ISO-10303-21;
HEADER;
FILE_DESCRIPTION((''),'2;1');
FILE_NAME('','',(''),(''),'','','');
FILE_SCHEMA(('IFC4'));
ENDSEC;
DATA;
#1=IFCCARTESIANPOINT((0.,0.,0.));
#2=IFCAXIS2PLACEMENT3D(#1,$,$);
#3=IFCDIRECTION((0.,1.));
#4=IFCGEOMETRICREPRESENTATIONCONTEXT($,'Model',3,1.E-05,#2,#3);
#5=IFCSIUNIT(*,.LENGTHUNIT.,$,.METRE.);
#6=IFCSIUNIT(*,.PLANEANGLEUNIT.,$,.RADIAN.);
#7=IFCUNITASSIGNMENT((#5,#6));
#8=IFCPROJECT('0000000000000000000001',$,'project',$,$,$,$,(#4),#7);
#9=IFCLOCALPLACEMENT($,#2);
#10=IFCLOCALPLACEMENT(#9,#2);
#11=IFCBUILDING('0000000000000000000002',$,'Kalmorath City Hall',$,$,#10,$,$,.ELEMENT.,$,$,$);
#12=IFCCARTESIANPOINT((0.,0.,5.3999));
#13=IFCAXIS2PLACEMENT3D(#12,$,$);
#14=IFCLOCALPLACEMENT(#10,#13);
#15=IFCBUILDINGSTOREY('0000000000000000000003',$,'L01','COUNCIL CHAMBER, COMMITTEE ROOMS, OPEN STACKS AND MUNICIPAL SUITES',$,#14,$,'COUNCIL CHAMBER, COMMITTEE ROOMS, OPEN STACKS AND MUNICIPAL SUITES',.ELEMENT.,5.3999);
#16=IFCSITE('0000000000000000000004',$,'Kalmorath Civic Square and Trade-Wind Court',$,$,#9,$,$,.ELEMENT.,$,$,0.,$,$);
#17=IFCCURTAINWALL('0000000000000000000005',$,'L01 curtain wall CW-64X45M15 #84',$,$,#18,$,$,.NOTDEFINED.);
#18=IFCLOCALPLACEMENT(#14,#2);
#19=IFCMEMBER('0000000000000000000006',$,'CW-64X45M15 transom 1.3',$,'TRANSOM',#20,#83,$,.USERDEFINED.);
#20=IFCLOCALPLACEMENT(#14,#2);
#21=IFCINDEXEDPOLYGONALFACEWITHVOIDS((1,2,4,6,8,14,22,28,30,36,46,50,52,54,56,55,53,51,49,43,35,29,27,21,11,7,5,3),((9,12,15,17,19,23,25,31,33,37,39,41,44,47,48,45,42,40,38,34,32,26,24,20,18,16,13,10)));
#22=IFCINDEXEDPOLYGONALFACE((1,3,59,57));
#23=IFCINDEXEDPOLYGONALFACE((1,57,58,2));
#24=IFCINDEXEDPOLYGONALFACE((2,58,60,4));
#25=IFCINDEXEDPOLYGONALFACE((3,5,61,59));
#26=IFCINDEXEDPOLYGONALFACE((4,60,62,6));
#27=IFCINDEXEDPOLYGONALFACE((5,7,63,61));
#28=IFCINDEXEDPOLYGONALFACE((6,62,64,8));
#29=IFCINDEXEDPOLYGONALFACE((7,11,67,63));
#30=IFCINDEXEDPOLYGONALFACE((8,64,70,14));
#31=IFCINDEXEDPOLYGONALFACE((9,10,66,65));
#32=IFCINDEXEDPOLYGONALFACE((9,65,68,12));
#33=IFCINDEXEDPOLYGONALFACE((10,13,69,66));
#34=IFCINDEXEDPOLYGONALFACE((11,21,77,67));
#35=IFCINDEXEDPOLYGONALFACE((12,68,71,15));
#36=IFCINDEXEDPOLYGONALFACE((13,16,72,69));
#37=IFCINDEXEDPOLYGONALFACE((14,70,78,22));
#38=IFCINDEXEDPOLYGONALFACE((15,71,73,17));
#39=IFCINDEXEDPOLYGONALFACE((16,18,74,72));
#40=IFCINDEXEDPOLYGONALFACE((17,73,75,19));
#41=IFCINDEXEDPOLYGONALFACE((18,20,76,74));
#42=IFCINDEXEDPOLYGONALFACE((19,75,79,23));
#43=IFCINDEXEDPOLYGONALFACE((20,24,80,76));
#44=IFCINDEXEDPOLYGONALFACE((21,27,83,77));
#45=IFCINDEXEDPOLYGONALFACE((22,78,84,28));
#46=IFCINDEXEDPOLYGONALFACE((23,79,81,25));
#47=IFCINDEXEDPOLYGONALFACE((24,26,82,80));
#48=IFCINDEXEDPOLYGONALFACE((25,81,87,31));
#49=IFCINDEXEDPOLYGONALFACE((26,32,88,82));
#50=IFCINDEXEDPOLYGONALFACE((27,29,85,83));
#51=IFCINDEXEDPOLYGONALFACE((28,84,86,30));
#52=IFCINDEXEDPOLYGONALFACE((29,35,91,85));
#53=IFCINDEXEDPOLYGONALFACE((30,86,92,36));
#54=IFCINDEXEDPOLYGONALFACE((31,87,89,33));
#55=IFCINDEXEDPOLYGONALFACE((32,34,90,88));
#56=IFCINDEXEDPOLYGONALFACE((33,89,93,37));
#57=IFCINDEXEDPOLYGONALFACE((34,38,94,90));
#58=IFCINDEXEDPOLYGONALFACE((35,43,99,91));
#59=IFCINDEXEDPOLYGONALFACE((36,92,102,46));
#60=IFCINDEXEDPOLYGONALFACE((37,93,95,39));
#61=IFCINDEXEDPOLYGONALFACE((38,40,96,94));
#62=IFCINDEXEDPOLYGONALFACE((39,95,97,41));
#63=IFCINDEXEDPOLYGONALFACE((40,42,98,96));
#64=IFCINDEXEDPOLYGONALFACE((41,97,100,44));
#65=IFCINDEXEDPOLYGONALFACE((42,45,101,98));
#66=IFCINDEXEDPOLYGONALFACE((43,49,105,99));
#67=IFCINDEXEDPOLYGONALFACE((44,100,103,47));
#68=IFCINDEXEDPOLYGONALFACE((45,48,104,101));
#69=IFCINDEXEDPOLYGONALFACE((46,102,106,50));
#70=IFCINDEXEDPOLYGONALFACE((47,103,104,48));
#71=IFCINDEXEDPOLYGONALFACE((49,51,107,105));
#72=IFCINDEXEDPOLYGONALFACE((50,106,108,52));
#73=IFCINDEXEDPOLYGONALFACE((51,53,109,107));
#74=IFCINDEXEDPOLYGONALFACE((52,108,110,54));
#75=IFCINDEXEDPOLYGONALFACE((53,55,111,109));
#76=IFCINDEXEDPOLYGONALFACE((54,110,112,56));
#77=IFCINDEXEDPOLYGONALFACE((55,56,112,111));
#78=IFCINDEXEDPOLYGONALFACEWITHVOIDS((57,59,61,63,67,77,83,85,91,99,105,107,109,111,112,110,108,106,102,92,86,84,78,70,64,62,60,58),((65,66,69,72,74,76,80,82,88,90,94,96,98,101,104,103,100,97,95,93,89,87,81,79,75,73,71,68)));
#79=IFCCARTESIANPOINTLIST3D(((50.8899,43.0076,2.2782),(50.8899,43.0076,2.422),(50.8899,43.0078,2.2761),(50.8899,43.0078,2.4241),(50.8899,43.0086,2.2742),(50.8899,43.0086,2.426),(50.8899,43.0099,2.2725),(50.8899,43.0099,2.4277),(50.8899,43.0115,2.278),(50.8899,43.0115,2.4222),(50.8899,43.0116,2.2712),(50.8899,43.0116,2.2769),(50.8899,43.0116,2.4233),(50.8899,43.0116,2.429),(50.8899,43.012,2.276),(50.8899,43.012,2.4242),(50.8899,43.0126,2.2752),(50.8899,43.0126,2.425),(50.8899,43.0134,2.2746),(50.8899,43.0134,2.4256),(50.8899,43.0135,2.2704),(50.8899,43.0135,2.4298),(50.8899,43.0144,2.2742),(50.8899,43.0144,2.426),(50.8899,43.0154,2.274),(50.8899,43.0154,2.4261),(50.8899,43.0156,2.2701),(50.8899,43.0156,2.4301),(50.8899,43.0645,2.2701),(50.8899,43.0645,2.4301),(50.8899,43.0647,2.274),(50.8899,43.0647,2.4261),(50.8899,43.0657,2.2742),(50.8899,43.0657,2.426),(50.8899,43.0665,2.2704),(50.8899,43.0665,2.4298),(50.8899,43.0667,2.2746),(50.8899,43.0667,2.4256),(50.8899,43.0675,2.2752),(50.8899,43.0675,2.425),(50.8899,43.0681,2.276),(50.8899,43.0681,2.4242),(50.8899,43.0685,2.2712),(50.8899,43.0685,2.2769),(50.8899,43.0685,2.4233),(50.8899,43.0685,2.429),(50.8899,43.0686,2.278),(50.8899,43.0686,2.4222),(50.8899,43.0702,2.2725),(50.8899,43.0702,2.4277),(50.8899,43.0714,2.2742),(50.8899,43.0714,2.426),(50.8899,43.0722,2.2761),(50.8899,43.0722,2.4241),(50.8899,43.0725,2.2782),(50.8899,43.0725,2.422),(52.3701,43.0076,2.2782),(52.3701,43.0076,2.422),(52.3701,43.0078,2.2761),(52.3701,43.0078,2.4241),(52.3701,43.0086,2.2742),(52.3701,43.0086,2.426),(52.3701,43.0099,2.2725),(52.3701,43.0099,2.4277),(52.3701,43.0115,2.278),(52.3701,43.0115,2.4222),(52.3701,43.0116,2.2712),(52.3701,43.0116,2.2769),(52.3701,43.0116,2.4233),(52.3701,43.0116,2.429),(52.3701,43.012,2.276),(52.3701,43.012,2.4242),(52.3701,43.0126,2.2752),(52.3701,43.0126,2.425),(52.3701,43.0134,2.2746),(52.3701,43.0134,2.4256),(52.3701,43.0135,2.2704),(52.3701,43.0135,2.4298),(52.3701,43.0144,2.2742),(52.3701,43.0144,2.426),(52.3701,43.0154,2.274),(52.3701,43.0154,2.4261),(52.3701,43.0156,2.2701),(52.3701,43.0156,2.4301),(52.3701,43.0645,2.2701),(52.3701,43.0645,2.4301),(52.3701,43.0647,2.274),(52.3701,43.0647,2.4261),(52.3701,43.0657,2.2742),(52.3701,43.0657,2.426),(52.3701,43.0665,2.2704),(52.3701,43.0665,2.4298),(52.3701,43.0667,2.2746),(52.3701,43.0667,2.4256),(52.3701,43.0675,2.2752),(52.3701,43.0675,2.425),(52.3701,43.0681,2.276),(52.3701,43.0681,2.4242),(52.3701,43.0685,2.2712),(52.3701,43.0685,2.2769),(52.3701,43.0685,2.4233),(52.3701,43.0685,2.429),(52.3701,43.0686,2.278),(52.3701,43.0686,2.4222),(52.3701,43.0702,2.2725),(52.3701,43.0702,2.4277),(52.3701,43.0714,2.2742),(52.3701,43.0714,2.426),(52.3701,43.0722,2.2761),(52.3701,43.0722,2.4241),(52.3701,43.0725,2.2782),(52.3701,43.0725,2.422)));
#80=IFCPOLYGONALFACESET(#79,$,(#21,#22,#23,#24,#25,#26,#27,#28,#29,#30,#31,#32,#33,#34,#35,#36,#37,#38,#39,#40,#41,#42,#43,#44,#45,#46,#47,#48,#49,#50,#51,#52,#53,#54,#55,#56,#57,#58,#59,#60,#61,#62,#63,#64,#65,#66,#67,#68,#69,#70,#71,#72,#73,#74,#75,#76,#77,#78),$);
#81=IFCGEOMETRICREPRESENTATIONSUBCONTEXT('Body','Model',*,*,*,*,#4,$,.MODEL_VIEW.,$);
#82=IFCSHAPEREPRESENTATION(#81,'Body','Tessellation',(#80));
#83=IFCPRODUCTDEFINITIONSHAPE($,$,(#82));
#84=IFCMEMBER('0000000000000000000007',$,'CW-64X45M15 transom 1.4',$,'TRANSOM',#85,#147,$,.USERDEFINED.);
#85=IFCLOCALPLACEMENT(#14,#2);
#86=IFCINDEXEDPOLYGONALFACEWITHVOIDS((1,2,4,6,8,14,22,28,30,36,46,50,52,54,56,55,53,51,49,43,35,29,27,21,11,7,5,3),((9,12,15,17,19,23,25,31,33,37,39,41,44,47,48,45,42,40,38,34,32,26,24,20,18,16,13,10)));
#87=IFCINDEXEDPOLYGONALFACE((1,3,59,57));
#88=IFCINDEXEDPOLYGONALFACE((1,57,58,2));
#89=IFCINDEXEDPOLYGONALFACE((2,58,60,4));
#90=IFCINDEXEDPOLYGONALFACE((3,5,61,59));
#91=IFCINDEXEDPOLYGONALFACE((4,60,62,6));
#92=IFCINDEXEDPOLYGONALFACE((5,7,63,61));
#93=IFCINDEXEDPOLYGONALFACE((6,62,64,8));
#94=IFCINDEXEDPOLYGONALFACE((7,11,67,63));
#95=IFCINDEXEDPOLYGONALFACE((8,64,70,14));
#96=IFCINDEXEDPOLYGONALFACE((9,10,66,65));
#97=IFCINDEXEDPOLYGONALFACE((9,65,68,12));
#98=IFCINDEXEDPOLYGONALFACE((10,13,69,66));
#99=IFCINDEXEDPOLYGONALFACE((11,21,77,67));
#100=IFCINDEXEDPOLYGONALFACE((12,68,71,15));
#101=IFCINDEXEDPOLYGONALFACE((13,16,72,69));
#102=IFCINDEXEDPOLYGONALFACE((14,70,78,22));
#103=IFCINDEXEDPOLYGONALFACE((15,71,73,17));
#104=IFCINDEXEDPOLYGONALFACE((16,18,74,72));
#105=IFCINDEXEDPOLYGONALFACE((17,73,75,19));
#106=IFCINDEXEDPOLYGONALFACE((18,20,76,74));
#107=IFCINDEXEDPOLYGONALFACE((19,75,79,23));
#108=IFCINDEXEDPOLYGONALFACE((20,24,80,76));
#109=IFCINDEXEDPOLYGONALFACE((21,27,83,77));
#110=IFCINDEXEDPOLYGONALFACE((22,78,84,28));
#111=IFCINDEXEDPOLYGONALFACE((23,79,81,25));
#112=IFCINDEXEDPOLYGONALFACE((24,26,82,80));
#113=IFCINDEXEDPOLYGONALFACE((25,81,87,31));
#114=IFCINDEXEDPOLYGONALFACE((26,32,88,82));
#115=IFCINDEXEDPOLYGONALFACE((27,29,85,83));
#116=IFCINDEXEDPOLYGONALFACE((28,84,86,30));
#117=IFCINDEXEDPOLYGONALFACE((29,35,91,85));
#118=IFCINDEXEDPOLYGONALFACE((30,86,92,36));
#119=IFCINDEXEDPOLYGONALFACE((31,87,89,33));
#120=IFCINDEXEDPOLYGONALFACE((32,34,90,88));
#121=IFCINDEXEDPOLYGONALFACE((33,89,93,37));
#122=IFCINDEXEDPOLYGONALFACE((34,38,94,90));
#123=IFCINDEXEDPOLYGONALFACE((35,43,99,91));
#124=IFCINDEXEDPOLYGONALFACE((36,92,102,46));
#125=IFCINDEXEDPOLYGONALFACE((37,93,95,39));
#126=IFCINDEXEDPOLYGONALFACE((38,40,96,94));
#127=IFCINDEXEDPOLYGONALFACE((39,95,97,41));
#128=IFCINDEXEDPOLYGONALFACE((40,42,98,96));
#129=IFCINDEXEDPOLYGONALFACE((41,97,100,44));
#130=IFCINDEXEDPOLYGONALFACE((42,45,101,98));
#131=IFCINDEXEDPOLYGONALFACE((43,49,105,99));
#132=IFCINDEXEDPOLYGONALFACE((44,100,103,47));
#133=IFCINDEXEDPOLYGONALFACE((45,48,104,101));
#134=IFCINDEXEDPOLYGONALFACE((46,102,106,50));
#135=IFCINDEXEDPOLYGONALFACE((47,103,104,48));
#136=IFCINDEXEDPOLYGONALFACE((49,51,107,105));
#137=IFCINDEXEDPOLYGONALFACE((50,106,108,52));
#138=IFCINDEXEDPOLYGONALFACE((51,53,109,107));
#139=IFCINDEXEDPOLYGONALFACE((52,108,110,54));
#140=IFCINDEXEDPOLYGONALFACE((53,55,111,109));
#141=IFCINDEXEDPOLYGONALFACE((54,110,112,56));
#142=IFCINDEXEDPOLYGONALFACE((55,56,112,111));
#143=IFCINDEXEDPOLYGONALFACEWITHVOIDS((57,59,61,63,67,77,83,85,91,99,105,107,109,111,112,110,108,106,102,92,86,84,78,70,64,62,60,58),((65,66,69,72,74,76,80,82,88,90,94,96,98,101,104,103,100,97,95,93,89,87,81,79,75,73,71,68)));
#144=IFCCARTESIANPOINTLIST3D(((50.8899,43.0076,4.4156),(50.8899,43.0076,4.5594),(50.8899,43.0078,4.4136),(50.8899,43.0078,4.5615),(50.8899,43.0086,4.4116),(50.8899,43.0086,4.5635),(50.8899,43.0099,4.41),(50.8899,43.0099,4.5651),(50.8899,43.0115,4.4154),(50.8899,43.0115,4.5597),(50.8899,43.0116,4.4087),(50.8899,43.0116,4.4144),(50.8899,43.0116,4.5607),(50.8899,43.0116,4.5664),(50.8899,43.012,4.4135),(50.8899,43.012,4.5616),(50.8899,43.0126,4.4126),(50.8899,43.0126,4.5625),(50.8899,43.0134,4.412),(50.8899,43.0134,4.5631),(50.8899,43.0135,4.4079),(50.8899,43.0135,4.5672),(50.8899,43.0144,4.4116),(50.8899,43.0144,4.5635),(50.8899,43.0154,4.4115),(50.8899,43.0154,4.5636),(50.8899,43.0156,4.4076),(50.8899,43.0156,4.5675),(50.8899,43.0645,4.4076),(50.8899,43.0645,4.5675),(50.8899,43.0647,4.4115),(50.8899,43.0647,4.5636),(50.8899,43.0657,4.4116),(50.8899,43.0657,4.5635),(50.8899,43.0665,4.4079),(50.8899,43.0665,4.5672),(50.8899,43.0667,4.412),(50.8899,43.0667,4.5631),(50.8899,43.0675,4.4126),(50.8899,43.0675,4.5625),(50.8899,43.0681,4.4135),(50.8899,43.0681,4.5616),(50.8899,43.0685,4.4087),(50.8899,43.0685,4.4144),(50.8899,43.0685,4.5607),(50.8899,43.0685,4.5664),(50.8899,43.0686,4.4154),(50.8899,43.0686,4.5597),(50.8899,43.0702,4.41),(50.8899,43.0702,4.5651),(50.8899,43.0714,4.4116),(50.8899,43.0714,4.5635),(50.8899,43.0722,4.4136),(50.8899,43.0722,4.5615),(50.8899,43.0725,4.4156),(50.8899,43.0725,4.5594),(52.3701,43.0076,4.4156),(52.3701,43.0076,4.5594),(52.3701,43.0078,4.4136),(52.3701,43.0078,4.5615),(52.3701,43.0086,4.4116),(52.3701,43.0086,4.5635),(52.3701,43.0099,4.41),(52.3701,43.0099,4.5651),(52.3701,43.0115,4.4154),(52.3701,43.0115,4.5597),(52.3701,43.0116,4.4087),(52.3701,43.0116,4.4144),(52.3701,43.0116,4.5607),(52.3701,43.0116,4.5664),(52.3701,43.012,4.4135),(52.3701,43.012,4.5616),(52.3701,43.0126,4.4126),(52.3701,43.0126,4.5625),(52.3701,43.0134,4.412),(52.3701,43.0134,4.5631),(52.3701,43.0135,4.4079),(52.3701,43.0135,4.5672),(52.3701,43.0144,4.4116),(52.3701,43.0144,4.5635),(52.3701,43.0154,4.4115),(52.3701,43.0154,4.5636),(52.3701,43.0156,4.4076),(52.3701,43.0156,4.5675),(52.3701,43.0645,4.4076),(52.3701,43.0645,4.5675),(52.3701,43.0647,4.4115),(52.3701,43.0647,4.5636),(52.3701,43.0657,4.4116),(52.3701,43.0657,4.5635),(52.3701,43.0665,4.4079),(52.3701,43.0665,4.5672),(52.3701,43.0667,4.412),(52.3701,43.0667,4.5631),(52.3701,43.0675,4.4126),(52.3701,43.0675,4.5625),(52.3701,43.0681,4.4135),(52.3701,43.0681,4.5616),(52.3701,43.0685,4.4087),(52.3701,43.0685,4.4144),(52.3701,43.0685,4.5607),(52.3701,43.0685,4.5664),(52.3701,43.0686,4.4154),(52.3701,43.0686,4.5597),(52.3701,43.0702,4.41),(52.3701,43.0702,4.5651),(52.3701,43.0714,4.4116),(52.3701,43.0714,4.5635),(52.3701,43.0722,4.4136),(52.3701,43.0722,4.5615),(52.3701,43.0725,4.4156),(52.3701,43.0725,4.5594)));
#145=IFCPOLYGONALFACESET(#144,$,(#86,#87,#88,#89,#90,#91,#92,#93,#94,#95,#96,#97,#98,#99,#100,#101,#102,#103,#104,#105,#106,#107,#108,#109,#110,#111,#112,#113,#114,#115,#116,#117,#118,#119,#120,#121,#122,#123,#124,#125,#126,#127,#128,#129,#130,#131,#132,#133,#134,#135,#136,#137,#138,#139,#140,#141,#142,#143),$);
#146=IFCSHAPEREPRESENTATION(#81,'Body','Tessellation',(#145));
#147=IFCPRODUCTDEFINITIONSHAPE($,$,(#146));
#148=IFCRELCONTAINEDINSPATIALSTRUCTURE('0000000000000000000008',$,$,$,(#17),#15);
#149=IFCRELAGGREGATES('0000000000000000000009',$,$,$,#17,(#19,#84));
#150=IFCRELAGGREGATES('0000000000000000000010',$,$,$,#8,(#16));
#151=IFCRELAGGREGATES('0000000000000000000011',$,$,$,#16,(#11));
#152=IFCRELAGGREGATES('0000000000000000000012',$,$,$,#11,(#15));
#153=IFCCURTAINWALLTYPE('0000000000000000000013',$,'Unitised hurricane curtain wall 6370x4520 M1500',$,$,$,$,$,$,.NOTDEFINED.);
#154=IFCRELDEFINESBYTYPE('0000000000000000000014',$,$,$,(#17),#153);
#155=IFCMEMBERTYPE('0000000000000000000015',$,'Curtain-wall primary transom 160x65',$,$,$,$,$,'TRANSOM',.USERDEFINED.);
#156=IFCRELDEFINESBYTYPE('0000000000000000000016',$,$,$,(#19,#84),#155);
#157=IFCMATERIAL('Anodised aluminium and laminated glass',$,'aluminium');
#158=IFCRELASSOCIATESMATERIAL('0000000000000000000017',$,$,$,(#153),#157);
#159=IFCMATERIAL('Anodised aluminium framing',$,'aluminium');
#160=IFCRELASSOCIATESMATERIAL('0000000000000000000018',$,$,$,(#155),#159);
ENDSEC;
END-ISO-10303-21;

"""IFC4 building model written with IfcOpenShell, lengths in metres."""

from ifc_helpers import new_model, si_unit, direction, frame, origin, origin_2d, place, context, subcontext, project, spatial, hollow_rectangle, extrude, material, material_profile, profile_set, type_object, element, aggregate, save


model = new_model("IFC4")

# Units and contexts
model_context = context("Model", 3, precision=1e-05, world=origin(), true_north=direction((0.0, 1.0)))
body_context = subcontext(model_context, "Body", "Model", "MODEL_VIEW")
ifc_project = project(units=[si_unit("LENGTHUNIT", "METRE"), si_unit("PLANEANGLEUNIT", "RADIAN")], contexts=[model_context])

# Site, building, storey
site_placement = place(None, origin())
site = spatial("IfcSite", under=ifc_project, at=site_placement, Name="Kalmorath Civic Square and Trade-Wind Court", CompositionType="ELEMENT", RefElevation=0.0)
building_placement = place(site_placement, origin())
building = spatial("IfcBuilding", under=site, at=building_placement, Name="Kalmorath City Hall", CompositionType="ELEMENT")
storey_placement = place(building_placement, frame((0.0, 0.0, 5.3999)))
storey = spatial("IfcBuildingStorey", under=building, at=storey_placement, Name="L01", Description="COUNCIL CHAMBER, COMMITTEE ROOMS, OPEN STACKS AND MUNICIPAL SUITES", LongName="COUNCIL CHAMBER, COMMITTEE ROOMS, OPEN STACKS AND MUNICIPAL SUITES", CompositionType="ELEMENT", Elevation=5.3999)

# Curtain wall, members
ifc_material_1 = material(Name="Anodised aluminium and laminated glass", Category="aluminium")
curtain_wall_type_1 = type_object("IfcCurtainWallType", Name="Unitised hurricane curtain wall 6370x4520 M1500", PredefinedType="NOTDEFINED", material=ifc_material_1)
curtain_wall_1_placement = place(storey_placement, origin())
curtain_wall_1 = element("IfcCurtainWall", 1, at=curtain_wall_1_placement, inside=storey, type_object=curtain_wall_type_1, Name="L01 curtain wall CW-64X45M15 #84", PredefinedType="NOTDEFINED")
ifc_material_2 = material(Name="Anodised aluminium framing", Category="aluminium")
ifc_material_profile_1 = material_profile(ifc_material_2, hollow_rectangle(XDim=0.0649, YDim=0.1599, WallThickness=0.0039, InnerFilletRadius=0.0039, OuterFilletRadius=0.0081, at=origin_2d()), Name="ALU-TRN-160X65X4")
ifc_profile_set_1 = profile_set([ifc_material_profile_1], Name="Anodised aluminium framing")
member_type_1 = type_object("IfcMemberType", Name="Curtain-wall primary transom 160x65", ElementType="TRANSOM", PredefinedType="USERDEFINED", material=ifc_profile_set_1)
member_1_placement = place(storey_placement, frame((50.8899, 43.04, 2.3501), z_axis=(1.0, 0.0, 0.0), x_axis=(0.0, 1.0, 0.0)))
member_1 = element("IfcMember", 2, at=member_1_placement, type_object=member_type_1, Name="CW-64X45M15 transom 1.3", ObjectType="TRANSOM", PredefinedType="USERDEFINED", context=body_context, shape_type="SweptSolid", body=[
    extrude(hollow_rectangle(XDim=0.0649, YDim=0.1599, WallThickness=0.0039, InnerFilletRadius=0.0039, OuterFilletRadius=0.0081, at=origin_2d()), origin(), (0.0, 0.0, 1.0), 1.4802),
])
member_2_placement = place(storey_placement, frame((50.8899, 43.04, 4.4875), z_axis=(1.0, 0.0, 0.0), x_axis=(0.0, 1.0, 0.0)))
member_2 = element("IfcMember", 3, at=member_2_placement, type_object=member_type_1, Name="CW-64X45M15 transom 1.4", ObjectType="TRANSOM", PredefinedType="USERDEFINED", context=body_context, shape_type="SweptSolid", body=[
    extrude(hollow_rectangle(XDim=0.0649, YDim=0.1599, WallThickness=0.0039, InnerFilletRadius=0.0039, OuterFilletRadius=0.0081, at=origin_2d()), origin(), (0.0, 0.0, 1.0), 1.4802),
])

aggregate(curtain_wall_1, [member_1, member_2])

save(model, "model.ifc")
